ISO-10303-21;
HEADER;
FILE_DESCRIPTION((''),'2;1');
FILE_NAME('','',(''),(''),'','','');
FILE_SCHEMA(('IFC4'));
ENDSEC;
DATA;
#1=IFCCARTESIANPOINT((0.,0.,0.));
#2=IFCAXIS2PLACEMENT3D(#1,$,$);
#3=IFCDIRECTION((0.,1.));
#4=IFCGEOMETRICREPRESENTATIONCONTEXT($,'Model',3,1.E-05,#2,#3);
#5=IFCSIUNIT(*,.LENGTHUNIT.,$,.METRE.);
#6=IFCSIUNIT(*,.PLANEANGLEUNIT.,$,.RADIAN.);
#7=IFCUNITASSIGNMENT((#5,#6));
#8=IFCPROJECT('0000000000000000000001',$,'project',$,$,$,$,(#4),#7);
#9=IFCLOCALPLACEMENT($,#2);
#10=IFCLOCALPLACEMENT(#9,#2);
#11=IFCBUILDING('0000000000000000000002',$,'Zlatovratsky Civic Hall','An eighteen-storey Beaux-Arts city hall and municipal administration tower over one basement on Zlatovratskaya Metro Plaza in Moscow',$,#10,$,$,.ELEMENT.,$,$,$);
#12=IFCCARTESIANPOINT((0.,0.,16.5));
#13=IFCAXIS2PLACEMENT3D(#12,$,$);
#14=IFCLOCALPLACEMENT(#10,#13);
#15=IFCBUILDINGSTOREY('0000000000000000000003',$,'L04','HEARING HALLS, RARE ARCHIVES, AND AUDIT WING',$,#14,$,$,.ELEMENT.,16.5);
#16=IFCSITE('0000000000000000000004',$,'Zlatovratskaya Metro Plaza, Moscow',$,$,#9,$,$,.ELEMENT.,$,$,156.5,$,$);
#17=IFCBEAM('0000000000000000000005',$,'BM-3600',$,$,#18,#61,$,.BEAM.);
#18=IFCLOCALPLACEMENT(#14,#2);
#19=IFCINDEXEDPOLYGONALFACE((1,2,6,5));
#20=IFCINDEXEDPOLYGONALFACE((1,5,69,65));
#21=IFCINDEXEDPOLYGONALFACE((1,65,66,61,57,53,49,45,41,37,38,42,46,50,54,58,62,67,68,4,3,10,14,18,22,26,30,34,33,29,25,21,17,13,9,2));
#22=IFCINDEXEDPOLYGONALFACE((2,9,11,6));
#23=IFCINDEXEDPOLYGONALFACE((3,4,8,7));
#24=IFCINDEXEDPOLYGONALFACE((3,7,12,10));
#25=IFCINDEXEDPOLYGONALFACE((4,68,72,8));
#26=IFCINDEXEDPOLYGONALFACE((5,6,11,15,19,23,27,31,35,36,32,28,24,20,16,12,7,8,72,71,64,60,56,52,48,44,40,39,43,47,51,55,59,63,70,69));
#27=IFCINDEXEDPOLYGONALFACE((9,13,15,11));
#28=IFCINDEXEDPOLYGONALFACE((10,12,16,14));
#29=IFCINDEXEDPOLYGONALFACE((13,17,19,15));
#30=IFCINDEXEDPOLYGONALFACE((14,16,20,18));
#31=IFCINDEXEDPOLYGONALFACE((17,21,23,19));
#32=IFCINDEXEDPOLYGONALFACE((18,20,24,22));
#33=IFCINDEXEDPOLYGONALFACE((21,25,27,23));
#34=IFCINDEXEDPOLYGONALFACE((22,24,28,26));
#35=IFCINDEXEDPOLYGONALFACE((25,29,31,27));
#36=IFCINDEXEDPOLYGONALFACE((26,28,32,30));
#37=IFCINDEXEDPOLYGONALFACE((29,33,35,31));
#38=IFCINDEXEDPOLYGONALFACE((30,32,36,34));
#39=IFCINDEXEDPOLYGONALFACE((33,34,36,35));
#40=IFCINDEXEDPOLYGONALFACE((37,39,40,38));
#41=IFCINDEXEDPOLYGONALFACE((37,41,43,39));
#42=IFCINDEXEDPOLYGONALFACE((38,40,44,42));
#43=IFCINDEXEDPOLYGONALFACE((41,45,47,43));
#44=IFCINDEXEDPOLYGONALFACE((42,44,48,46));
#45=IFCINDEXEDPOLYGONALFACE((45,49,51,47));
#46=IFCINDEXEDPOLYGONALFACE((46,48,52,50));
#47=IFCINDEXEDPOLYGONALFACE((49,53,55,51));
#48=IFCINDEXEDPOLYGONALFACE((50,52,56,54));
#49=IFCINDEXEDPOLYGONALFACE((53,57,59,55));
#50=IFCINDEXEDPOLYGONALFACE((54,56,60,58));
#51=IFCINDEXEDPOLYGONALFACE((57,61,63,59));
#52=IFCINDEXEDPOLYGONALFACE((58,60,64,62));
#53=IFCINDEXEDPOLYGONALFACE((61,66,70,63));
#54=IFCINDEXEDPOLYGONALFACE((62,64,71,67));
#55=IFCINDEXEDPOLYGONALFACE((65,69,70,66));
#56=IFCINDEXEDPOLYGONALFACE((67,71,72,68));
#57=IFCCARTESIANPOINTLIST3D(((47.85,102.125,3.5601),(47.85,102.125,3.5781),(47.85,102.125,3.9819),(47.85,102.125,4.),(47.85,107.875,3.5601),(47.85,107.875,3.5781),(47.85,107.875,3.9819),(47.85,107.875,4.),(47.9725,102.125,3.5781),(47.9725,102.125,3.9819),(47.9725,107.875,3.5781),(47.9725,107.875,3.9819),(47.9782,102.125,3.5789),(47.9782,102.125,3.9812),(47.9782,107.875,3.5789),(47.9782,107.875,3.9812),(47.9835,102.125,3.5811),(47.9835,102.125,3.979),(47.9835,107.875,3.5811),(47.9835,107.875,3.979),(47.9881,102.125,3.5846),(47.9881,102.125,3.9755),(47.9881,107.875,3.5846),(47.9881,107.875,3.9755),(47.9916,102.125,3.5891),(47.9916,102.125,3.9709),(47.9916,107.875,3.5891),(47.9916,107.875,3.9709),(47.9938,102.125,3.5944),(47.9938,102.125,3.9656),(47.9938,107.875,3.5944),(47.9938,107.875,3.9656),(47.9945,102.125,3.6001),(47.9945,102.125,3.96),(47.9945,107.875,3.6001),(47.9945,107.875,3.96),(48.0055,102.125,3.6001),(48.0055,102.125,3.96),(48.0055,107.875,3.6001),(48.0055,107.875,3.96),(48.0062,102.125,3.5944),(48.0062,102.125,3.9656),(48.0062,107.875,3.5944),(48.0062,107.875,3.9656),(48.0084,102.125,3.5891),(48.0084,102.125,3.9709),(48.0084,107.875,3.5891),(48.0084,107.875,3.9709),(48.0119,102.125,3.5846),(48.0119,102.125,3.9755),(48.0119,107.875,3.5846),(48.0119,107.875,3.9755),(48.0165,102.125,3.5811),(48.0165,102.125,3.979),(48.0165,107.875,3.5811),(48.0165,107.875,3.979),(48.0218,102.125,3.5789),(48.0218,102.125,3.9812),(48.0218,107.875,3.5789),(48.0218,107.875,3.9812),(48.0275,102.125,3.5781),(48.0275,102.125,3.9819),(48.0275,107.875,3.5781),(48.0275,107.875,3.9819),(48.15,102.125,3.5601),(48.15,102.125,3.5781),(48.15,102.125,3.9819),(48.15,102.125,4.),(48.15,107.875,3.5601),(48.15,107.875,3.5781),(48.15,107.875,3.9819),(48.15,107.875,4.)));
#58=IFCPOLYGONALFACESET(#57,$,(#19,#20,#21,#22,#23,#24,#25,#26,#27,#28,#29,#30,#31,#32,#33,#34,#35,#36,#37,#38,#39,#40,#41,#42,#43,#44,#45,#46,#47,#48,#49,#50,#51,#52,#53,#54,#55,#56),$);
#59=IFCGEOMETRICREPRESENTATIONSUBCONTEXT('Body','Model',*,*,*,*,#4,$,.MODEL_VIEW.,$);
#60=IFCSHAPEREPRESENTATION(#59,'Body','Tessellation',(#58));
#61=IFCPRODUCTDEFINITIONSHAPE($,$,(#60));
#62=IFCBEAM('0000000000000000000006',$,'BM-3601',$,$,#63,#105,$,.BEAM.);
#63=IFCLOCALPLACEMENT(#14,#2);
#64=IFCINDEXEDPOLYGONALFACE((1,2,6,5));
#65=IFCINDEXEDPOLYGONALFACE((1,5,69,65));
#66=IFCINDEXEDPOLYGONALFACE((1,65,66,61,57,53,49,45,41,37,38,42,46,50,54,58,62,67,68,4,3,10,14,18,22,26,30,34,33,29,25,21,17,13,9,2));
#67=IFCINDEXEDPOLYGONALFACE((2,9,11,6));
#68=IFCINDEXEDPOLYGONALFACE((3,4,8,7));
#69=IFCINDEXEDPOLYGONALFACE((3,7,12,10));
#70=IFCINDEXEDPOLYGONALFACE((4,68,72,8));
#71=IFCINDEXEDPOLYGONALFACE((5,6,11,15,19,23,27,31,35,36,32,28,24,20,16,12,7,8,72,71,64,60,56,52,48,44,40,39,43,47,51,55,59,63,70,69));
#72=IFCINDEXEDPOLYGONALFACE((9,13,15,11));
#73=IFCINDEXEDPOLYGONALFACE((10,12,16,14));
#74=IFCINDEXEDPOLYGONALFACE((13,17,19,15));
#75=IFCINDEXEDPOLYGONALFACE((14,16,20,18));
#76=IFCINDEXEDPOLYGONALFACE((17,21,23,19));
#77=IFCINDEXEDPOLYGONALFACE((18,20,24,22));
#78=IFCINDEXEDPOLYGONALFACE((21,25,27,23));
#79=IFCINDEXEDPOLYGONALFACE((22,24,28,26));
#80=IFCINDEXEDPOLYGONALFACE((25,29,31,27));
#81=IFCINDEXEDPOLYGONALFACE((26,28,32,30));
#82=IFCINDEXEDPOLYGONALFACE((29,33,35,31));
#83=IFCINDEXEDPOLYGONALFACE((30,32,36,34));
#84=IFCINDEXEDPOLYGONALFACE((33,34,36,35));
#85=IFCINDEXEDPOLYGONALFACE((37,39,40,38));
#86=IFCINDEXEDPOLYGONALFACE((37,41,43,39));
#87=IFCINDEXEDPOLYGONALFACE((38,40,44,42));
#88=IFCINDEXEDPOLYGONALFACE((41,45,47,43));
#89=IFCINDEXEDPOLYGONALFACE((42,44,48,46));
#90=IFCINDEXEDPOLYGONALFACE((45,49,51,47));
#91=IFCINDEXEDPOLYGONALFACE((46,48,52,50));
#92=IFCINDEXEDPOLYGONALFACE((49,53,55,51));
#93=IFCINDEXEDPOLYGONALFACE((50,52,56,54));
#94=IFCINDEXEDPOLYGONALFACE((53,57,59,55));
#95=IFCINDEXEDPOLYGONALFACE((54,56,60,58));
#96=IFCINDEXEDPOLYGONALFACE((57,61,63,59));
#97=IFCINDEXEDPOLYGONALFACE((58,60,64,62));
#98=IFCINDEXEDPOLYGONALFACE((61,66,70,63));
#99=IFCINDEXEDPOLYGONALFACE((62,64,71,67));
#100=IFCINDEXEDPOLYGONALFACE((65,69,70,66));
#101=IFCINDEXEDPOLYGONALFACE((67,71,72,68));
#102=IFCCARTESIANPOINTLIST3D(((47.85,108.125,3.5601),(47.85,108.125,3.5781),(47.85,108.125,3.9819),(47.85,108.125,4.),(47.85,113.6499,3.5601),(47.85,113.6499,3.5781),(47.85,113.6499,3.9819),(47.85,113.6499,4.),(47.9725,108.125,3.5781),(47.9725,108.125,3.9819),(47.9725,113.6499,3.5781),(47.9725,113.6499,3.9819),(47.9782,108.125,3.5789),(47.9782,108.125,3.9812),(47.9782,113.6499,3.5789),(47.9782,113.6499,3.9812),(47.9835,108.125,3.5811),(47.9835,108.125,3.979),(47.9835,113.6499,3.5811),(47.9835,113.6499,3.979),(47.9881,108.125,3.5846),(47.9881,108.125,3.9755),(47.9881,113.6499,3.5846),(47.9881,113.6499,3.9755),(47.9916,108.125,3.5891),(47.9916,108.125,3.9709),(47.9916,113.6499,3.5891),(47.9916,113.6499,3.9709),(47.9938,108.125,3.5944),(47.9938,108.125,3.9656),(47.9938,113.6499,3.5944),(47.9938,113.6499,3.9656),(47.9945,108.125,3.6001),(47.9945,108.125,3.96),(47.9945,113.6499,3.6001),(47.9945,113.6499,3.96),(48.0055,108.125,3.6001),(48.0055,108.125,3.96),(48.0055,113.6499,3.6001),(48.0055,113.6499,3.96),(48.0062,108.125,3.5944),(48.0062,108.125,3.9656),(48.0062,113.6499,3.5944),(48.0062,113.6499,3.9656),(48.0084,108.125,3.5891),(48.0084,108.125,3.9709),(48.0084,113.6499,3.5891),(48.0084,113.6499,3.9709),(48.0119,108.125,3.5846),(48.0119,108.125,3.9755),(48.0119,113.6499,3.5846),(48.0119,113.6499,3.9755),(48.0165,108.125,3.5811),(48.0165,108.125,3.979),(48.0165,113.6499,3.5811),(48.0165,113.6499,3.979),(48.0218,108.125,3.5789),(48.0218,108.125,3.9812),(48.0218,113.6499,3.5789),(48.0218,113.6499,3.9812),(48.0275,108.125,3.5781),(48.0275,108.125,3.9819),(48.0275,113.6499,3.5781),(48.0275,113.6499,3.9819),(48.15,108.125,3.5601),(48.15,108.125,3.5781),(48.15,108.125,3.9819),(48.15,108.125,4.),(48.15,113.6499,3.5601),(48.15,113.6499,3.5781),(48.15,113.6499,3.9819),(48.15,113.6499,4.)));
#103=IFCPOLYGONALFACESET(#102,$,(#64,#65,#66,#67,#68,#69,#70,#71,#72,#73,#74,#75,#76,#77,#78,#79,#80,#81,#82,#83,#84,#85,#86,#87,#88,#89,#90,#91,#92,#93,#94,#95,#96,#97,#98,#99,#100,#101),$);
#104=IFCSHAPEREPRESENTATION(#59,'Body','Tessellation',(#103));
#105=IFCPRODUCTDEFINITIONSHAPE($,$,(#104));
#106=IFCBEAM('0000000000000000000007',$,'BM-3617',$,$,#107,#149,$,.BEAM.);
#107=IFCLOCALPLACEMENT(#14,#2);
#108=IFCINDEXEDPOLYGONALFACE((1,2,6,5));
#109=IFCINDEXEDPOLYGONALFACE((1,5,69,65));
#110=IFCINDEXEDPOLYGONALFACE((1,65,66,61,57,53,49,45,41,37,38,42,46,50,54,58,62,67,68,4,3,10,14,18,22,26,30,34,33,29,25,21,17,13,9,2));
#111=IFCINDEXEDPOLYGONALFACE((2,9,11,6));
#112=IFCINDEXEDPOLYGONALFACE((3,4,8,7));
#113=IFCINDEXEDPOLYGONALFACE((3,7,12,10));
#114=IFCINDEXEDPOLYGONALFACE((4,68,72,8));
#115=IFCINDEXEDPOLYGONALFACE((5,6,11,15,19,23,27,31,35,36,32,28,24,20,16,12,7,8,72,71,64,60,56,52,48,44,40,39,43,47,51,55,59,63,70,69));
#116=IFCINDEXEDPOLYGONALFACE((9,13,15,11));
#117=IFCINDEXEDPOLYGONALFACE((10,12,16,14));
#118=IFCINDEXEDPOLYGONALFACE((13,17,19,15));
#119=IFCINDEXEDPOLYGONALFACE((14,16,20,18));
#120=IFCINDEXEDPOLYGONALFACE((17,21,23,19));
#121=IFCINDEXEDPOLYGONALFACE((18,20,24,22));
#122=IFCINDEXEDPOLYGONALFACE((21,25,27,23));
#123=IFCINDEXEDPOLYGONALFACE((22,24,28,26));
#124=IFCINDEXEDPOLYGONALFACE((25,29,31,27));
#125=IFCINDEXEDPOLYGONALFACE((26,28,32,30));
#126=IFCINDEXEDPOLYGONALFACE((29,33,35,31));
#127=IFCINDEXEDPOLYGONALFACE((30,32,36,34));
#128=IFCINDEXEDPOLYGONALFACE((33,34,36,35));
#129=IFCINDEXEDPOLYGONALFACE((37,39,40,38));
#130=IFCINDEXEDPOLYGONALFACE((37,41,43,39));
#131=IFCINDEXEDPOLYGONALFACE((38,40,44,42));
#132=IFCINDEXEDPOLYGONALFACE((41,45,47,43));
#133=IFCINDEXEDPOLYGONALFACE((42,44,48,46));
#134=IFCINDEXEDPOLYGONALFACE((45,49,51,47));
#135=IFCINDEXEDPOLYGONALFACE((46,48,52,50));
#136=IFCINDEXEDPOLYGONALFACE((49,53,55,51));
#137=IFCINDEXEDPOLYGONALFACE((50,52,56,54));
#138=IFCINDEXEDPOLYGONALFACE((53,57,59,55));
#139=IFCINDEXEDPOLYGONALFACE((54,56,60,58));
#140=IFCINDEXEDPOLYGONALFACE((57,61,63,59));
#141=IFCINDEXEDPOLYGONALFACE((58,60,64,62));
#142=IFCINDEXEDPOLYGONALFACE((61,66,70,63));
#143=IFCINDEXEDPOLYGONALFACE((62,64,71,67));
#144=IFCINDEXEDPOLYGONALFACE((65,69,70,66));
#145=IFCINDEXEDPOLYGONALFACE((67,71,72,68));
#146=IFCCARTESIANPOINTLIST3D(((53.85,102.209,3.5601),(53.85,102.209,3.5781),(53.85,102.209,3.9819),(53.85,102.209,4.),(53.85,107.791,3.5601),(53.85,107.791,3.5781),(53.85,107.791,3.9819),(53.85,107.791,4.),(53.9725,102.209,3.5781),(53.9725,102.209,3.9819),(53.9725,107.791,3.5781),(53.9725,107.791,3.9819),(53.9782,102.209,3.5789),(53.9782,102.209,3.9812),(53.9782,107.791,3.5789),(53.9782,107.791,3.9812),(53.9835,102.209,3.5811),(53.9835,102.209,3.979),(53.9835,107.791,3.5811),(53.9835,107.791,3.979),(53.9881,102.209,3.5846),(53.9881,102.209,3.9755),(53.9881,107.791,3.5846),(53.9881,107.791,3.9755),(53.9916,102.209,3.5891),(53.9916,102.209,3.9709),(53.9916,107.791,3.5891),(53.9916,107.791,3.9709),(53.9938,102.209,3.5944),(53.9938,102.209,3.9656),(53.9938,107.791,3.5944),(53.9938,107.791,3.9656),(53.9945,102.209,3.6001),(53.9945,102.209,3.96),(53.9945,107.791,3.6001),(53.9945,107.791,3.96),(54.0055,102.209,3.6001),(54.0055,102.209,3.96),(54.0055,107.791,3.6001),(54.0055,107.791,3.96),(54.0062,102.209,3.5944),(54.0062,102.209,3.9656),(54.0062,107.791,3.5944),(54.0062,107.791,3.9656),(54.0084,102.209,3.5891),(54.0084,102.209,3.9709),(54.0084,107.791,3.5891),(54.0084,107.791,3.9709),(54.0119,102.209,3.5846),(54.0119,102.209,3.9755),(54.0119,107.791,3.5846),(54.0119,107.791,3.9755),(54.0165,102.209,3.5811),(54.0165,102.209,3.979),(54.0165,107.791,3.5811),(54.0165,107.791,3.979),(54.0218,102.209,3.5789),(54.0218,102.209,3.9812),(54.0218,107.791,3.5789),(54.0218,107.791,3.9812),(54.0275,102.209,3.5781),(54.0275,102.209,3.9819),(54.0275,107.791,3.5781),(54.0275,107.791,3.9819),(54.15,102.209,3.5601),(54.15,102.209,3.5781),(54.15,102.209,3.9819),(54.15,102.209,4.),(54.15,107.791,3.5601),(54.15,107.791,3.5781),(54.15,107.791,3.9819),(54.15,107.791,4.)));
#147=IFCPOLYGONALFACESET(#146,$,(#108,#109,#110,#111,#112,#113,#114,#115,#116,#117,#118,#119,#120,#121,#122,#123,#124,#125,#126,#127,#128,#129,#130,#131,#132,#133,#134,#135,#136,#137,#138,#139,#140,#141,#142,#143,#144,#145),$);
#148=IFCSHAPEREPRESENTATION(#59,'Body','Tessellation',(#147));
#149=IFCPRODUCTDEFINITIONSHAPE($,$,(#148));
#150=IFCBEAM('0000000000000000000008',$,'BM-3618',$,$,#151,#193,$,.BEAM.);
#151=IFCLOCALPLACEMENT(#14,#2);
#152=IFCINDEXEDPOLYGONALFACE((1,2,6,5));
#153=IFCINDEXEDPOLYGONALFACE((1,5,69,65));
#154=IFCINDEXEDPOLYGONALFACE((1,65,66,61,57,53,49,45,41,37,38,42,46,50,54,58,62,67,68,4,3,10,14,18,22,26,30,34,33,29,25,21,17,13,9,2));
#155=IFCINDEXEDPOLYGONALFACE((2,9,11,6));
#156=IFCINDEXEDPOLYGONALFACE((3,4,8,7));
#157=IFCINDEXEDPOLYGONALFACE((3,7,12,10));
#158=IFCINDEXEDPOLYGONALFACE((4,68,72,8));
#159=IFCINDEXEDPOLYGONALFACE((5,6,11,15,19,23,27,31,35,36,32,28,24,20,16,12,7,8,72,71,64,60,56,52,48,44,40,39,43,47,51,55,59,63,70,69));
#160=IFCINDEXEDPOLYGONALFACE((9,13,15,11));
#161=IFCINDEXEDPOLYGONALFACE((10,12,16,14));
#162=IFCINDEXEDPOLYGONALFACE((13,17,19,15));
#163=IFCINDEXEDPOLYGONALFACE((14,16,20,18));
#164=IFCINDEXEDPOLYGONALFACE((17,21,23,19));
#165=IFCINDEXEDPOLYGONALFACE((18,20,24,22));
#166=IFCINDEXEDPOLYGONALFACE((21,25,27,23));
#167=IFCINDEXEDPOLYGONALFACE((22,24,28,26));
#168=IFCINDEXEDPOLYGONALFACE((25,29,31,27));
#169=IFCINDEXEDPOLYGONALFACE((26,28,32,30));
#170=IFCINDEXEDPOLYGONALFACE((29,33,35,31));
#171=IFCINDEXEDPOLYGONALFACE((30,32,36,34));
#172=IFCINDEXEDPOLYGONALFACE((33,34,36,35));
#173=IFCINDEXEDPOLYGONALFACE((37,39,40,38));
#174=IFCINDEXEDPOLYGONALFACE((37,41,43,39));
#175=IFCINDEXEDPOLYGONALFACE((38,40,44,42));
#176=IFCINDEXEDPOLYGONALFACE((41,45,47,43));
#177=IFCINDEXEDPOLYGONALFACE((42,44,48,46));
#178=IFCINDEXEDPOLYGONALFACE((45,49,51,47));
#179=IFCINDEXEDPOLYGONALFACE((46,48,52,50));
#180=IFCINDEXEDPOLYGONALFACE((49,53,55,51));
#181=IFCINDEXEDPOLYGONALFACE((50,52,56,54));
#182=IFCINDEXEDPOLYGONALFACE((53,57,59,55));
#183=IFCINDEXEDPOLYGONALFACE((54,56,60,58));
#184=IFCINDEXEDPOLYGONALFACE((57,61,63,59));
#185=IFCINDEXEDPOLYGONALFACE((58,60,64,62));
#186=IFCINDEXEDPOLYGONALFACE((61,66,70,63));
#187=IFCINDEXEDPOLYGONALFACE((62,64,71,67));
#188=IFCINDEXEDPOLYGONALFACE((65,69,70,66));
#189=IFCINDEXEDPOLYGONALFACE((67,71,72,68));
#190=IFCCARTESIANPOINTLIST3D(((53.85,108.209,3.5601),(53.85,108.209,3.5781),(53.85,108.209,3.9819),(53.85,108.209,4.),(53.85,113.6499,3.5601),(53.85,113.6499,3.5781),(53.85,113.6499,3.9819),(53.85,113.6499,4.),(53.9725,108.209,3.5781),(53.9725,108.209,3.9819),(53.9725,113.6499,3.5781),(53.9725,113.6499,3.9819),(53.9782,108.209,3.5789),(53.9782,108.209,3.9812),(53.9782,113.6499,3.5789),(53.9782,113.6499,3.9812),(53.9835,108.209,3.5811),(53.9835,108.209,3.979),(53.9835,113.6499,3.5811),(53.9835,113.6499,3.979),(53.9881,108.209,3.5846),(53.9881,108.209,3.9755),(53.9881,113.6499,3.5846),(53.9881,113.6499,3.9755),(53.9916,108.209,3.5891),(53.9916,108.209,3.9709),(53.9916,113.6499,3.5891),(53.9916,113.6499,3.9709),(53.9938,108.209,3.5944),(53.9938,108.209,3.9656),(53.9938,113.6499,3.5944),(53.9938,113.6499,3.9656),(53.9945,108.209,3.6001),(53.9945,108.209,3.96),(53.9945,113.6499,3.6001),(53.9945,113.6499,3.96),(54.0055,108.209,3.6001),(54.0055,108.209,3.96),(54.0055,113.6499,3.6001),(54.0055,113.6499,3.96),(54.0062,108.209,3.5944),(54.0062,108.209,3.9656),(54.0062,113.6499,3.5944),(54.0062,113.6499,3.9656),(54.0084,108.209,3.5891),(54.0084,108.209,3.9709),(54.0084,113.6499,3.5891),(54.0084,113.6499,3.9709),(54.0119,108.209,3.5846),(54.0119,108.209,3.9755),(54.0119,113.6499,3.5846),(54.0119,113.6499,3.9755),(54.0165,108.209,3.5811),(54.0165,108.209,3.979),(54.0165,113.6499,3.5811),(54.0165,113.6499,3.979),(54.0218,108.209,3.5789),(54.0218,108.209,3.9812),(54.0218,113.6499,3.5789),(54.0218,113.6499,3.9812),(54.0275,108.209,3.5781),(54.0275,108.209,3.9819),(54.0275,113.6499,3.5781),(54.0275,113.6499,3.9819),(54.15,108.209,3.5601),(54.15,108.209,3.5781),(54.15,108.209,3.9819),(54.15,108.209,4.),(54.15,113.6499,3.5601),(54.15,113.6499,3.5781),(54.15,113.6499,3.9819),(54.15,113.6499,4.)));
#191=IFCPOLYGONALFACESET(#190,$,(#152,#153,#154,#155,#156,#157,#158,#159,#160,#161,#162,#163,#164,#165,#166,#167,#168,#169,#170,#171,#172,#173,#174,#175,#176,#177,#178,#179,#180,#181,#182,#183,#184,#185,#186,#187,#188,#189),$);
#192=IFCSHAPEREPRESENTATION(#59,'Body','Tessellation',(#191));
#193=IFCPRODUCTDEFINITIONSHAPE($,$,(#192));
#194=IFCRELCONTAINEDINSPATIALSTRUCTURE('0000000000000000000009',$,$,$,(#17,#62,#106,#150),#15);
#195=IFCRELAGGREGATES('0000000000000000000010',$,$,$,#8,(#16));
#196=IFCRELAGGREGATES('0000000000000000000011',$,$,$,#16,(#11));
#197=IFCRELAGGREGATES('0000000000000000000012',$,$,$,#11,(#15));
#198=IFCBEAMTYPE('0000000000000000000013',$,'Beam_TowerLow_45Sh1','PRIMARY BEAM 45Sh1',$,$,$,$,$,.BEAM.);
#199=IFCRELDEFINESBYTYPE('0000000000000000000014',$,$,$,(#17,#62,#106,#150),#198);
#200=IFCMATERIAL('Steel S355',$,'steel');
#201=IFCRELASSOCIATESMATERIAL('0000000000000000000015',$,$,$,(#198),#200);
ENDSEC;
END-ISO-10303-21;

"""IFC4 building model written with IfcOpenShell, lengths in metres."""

from ifc_helpers import new_model, si_unit, direction, frame, origin, origin_2d, place, context, subcontext, project, spatial, i_section, extrude, material, material_profile, profile_set, type_object, element, save


model = new_model("IFC4")

# Units and contexts
model_context = context("Model", 3, precision=1e-05, world=origin(), true_north=direction((0.0, 1.0)))
body_context = subcontext(model_context, "Body", "Model", "MODEL_VIEW")
ifc_project = project(units=[si_unit("LENGTHUNIT", "METRE"), si_unit("PLANEANGLEUNIT", "RADIAN")], contexts=[model_context])

# Site, building, storey
site_placement = place(None, origin())
site = spatial("IfcSite", under=ifc_project, at=site_placement, Name="Zlatovratskaya Metro Plaza, Moscow", CompositionType="ELEMENT", RefElevation=156.5)
building_placement = place(site_placement, origin())
building = spatial("IfcBuilding", under=site, at=building_placement, Name="Zlatovratsky Civic Hall", Description="An eighteen-storey Beaux-Arts city hall and municipal administration tower over one basement on Zlatovratskaya Metro Plaza in Moscow", CompositionType="ELEMENT")
storey_placement = place(building_placement, frame((0.0, 0.0, 16.5)))
storey = spatial("IfcBuildingStorey", under=building, at=storey_placement, Name="L04", Description="HEARING HALLS, RARE ARCHIVES, AND AUDIT WING", CompositionType="ELEMENT", Elevation=16.5)

# Shared definitions
ifc_material_1 = material(Name="Steel S355", Category="steel")

# Beams
ifc_material_profile_1 = material_profile(ifc_material_1, i_section(OverallWidth=0.3, OverallDepth=0.4399, WebThickness=0.011, FlangeThickness=0.0181, FilletRadius=0.022, at=origin_2d()), Name="45Sh1")
ifc_profile_set_1 = profile_set([ifc_material_profile_1], Name="Steel S355")
beam_type_1 = type_object("IfcBeamType", Name="Beam_TowerLow_45Sh1", Description="PRIMARY BEAM 45Sh1", PredefinedType="BEAM", material=ifc_profile_set_1)
beam_1_placement = place(storey_placement, frame((48.0, 102.125, 3.78), z_axis=(0.0, 1.0, 0.0), x_axis=(-1.0, 0.0, 0.0)))
element("IfcBeam", 1, at=beam_1_placement, inside=storey, type_object=beam_type_1, Name="BM-3600", PredefinedType="BEAM", context=body_context, shape_type="SweptSolid", body=[
    extrude(i_section(OverallWidth=0.3, OverallDepth=0.4399, WebThickness=0.011, FlangeThickness=0.0181, FilletRadius=0.022, at=origin_2d()), origin(), (0.0, 0.0, 1.0), 5.75),
])
beam_2_placement = place(storey_placement, frame((48.0, 108.125, 3.78), z_axis=(0.0, 1.0, 0.0), x_axis=(-1.0, 0.0, 0.0)))
element("IfcBeam", 2, at=beam_2_placement, inside=storey, type_object=beam_type_1, Name="BM-3601", PredefinedType="BEAM", context=body_context, shape_type="SweptSolid", body=[
    extrude(i_section(OverallWidth=0.3, OverallDepth=0.4399, WebThickness=0.011, FlangeThickness=0.0181, FilletRadius=0.022, at=origin_2d()), origin(), (0.0, 0.0, 1.0), 5.5249),
])
beam_3_placement = place(storey_placement, frame((54.0, 102.209, 3.78), z_axis=(0.0, 1.0, 0.0), x_axis=(-1.0, 0.0, 0.0)))
element("IfcBeam", 3, at=beam_3_placement, inside=storey, type_object=beam_type_1, Name="BM-3617", PredefinedType="BEAM", context=body_context, shape_type="SweptSolid", body=[
    extrude(i_section(OverallWidth=0.3, OverallDepth=0.4399, WebThickness=0.011, FlangeThickness=0.0181, FilletRadius=0.022, at=origin_2d()), origin(), (0.0, 0.0, 1.0), 5.582),
])
beam_4_placement = place(storey_placement, frame((54.0, 108.209, 3.78), z_axis=(0.0, 1.0, 0.0), x_axis=(-1.0, 0.0, 0.0)))
element("IfcBeam", 4, at=beam_4_placement, inside=storey, type_object=beam_type_1, Name="BM-3618", PredefinedType="BEAM", context=body_context, shape_type="SweptSolid", body=[
    extrude(i_section(OverallWidth=0.3, OverallDepth=0.4399, WebThickness=0.011, FlangeThickness=0.0181, FilletRadius=0.022, at=origin_2d()), origin(), (0.0, 0.0, 1.0), 5.4409),
])

save(model, "model.ifc")
